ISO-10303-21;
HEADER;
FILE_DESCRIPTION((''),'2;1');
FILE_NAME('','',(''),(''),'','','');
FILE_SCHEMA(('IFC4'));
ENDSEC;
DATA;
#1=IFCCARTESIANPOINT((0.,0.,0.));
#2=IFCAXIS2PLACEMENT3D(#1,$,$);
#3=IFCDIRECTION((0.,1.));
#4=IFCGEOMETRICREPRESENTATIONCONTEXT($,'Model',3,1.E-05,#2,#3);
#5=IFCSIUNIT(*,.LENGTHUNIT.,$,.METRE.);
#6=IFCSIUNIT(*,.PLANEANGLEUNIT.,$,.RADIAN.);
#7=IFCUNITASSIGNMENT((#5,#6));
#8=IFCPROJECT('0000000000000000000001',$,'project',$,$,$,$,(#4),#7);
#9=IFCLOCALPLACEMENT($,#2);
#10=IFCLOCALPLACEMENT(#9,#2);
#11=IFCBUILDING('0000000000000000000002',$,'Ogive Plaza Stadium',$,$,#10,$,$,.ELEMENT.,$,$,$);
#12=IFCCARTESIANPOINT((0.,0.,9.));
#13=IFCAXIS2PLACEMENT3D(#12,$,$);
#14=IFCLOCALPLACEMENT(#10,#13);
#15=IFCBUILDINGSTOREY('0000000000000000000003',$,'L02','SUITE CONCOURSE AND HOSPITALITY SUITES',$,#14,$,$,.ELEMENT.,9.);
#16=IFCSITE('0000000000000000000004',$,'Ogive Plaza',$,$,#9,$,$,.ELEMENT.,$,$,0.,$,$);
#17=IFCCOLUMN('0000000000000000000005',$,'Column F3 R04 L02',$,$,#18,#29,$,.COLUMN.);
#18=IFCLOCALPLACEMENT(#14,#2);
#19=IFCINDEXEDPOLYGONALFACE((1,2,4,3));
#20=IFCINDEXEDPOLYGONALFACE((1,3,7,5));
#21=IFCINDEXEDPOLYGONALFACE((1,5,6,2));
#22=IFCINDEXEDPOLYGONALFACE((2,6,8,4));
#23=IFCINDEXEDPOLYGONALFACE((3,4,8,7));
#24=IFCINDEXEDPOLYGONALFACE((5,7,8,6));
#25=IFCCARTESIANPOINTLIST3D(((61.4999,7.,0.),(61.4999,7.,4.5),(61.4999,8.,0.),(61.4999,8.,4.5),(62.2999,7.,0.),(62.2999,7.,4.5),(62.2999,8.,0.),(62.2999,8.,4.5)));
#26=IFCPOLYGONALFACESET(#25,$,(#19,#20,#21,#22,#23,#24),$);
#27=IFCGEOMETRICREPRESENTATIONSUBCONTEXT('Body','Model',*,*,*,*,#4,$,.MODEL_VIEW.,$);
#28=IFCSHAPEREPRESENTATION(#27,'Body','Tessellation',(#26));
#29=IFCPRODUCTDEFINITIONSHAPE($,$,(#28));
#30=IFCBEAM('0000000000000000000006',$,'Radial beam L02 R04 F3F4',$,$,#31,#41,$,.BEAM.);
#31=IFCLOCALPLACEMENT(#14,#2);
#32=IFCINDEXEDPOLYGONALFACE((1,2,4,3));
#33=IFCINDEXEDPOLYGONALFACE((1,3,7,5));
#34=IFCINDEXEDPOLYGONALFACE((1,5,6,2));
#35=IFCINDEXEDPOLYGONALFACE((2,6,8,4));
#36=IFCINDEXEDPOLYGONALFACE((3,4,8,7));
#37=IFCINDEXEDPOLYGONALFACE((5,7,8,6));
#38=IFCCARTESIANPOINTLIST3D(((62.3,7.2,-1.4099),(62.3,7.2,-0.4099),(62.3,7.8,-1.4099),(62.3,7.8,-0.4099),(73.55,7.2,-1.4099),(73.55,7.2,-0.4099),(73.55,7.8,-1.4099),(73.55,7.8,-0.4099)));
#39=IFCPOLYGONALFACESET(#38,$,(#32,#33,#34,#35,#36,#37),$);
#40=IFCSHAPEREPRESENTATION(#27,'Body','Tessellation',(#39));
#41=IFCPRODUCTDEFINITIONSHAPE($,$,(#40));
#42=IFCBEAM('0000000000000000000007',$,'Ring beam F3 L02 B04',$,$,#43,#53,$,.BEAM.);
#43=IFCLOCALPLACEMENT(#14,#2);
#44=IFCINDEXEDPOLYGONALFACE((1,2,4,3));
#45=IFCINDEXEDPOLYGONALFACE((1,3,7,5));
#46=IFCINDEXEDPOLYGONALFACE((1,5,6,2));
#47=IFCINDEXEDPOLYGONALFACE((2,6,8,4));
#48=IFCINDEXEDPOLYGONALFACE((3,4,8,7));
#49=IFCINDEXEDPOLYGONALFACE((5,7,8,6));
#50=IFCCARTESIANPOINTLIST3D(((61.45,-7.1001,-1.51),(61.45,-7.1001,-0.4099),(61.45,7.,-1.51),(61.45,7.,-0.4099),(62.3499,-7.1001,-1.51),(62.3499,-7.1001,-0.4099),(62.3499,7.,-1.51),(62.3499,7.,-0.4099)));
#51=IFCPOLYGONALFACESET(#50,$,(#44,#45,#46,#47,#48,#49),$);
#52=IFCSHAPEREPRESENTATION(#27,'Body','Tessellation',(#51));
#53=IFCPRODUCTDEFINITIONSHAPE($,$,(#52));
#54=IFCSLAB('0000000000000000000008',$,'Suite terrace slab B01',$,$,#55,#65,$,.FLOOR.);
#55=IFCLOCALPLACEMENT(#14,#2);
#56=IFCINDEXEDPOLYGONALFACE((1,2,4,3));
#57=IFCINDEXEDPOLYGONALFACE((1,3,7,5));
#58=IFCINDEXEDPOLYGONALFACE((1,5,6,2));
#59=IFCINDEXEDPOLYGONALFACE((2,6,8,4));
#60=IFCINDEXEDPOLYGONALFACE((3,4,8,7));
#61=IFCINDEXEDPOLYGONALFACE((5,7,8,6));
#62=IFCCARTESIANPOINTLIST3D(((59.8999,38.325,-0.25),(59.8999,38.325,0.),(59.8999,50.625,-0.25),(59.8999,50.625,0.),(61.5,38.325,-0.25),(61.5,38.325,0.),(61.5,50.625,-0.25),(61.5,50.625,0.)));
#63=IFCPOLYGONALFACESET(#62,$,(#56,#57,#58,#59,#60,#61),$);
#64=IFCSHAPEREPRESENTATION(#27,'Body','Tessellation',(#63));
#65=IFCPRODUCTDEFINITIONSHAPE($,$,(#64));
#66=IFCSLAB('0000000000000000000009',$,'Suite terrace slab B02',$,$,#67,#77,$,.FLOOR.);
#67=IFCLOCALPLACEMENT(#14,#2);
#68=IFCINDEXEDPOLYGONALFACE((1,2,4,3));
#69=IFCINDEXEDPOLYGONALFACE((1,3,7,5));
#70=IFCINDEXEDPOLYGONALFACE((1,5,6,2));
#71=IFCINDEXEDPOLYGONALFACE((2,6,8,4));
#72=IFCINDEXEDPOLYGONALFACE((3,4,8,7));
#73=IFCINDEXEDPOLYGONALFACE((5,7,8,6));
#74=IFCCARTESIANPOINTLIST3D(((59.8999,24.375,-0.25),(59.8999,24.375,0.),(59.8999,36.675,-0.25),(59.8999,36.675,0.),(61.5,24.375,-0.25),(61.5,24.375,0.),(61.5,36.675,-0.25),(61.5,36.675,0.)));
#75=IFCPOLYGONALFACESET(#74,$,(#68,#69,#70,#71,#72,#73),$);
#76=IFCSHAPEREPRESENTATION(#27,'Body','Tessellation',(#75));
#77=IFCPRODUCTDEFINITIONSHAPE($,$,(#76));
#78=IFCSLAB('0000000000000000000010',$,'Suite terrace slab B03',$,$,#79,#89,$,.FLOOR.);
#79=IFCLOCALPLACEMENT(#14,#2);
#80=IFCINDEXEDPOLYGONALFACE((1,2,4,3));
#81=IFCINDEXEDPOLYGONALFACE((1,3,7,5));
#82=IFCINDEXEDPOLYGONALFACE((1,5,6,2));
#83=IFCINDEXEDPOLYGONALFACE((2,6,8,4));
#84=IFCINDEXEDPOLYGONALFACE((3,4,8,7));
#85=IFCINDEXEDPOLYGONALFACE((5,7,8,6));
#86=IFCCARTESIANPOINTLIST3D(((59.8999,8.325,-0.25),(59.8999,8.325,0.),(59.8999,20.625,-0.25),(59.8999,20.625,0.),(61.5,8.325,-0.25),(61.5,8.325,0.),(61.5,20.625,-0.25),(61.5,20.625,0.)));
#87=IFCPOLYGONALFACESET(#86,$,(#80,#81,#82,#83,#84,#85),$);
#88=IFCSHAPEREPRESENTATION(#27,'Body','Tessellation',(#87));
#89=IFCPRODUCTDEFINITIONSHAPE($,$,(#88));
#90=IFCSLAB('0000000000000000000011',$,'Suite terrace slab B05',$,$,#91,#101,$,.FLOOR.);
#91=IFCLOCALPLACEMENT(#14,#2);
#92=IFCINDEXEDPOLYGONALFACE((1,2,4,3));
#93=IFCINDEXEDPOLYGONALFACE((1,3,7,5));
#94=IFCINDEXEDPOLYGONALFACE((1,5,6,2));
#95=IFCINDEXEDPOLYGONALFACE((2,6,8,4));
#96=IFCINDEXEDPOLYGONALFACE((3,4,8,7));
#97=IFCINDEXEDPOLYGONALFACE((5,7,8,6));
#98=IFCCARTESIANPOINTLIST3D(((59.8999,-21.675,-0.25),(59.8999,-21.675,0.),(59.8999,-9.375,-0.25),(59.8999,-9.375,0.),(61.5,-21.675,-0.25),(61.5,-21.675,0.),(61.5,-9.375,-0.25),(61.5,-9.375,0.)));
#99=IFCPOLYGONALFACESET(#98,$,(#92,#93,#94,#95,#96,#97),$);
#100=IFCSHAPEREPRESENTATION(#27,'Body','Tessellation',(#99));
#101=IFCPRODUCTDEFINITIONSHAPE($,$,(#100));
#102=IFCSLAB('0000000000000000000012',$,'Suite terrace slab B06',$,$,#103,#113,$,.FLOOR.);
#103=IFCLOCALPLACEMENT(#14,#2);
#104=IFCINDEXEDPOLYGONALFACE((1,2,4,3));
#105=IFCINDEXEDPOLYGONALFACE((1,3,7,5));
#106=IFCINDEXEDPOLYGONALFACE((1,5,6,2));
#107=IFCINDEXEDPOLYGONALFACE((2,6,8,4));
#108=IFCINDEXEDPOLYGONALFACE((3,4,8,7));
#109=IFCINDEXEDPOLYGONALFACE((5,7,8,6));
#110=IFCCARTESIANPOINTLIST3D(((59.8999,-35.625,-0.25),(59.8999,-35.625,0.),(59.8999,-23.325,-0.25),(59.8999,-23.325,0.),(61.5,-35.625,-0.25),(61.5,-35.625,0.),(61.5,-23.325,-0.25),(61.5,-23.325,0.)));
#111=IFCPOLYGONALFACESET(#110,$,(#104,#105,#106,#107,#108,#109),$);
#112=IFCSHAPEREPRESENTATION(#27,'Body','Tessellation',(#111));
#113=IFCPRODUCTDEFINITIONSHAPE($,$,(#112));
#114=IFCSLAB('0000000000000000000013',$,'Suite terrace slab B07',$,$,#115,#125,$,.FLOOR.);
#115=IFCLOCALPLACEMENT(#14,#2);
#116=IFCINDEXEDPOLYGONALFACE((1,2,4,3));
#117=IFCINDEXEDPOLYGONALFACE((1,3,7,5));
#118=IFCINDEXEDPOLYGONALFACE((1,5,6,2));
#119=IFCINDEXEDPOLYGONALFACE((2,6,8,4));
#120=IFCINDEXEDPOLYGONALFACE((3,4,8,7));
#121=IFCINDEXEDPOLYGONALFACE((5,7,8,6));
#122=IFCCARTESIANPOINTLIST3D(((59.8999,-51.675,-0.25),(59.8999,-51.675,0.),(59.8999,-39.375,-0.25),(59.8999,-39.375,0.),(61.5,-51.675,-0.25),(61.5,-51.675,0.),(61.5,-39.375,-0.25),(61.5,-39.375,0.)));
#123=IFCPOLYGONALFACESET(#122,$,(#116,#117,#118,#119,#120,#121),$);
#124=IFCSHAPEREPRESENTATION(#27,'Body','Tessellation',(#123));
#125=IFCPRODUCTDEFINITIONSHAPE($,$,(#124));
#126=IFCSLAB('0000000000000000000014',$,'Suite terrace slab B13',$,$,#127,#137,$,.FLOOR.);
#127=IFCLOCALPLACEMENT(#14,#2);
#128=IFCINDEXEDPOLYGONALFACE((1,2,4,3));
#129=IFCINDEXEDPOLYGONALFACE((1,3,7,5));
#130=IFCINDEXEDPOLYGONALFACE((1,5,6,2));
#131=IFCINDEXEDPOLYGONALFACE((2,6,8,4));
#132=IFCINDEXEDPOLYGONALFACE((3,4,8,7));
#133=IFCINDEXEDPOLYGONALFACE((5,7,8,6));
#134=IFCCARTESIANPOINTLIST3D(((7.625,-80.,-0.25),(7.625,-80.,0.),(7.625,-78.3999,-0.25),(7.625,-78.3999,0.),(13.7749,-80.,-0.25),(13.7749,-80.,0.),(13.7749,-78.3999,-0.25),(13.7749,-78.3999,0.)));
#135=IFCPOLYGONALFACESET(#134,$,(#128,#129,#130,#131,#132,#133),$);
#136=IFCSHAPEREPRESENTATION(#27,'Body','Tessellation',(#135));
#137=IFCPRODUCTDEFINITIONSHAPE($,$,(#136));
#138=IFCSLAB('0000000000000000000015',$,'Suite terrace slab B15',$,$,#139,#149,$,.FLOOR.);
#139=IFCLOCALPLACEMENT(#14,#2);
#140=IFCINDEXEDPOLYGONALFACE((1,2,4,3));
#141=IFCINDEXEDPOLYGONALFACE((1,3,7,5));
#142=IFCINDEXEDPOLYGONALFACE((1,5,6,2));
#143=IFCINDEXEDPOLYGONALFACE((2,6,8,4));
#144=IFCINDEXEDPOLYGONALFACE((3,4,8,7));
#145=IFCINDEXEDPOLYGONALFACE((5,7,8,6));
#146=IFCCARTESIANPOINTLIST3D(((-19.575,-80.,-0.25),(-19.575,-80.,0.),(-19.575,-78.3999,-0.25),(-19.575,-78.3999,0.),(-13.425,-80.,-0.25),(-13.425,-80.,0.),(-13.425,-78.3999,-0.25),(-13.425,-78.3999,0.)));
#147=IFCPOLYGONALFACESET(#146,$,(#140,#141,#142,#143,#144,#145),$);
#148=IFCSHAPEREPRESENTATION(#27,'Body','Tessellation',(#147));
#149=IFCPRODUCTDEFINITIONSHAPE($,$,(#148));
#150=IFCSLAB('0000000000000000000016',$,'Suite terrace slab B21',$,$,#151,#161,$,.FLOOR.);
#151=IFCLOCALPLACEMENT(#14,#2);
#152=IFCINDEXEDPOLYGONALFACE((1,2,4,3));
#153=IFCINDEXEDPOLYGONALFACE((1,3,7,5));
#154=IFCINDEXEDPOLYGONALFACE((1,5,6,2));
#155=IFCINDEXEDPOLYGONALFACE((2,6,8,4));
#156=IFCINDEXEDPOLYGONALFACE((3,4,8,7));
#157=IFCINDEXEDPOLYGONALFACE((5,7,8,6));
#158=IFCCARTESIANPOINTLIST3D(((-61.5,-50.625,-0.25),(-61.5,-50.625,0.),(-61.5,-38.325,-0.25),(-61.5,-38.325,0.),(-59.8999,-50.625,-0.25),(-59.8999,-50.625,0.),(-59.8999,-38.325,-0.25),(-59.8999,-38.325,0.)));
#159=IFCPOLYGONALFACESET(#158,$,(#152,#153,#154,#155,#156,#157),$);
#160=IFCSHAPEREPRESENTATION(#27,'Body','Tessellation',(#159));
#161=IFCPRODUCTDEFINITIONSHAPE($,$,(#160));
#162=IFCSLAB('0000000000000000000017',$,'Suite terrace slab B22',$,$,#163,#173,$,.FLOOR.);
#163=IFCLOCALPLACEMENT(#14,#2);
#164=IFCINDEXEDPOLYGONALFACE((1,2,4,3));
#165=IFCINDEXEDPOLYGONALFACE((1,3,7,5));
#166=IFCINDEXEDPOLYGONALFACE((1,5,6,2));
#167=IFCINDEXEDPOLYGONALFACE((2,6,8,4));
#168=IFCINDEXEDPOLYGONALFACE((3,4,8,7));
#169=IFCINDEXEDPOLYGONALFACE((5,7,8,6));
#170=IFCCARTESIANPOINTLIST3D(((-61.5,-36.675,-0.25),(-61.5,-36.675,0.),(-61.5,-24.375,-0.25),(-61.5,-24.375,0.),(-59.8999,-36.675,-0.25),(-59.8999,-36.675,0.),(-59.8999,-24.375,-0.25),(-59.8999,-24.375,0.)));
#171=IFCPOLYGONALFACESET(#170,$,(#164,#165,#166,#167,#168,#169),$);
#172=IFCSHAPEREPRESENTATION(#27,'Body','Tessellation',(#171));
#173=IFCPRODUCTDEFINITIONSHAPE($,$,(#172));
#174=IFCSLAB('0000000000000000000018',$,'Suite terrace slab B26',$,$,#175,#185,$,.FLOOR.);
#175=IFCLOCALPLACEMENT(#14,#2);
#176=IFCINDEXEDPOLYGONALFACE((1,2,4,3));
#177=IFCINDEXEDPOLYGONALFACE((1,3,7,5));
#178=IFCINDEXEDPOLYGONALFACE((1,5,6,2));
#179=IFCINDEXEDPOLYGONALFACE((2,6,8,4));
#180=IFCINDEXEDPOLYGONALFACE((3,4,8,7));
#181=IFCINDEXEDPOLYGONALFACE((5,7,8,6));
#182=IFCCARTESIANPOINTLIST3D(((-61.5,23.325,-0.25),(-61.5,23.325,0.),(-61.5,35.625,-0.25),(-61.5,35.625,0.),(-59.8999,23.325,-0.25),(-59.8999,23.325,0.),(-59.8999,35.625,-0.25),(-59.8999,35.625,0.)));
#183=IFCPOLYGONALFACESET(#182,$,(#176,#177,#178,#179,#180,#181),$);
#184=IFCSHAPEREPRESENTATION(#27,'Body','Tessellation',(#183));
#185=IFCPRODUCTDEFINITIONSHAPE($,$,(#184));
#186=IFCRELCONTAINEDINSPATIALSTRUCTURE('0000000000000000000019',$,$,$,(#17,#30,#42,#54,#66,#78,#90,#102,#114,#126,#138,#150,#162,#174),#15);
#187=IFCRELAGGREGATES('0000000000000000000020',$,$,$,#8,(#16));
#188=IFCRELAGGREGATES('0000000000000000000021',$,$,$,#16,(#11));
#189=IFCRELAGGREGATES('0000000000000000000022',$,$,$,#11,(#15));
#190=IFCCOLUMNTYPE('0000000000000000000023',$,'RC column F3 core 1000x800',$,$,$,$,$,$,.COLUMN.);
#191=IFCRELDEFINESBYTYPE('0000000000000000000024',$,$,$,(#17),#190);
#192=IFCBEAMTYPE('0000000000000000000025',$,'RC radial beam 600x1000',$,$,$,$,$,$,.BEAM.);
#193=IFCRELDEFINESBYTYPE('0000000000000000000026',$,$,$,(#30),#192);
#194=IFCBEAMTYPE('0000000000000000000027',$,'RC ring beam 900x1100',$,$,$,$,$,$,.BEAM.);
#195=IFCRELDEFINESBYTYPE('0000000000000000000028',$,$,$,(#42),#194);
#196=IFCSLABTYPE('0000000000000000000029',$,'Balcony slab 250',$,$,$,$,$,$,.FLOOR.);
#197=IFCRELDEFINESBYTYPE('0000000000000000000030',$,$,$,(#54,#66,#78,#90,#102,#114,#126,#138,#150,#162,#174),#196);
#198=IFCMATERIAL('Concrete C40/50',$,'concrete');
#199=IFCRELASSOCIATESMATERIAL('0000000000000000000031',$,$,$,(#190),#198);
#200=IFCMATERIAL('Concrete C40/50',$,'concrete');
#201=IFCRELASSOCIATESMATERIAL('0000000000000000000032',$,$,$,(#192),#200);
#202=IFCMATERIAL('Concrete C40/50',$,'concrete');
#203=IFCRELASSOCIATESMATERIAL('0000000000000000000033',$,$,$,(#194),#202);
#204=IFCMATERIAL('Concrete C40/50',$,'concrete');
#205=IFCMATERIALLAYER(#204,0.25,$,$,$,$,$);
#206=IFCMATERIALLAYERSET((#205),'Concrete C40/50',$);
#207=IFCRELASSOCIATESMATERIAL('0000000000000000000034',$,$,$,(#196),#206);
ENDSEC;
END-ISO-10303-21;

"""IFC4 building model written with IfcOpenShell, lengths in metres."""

from ifc_helpers import new_model, si_unit, direction, frame, origin, origin_2d, place, context, subcontext, project, spatial, polyline, rectangle, outline, extrude, material, layer, layer_set, material_profile, profile_set, type_object, element, save


model = new_model("IFC4")

# Units and contexts
model_context = context("Model", 3, precision=1e-05, world=origin(), true_north=direction((0.0, 1.0)))
body_context = subcontext(model_context, "Body", "Model", "MODEL_VIEW")
ifc_project = project(units=[si_unit("LENGTHUNIT", "METRE"), si_unit("PLANEANGLEUNIT", "RADIAN")], contexts=[model_context])

# Site, building, storey
site_placement = place(None, origin())
site = spatial("IfcSite", under=ifc_project, at=site_placement, Name="Ogive Plaza", CompositionType="ELEMENT", RefElevation=0.0)
building_placement = place(site_placement, origin())
building = spatial("IfcBuilding", under=site, at=building_placement, Name="Ogive Plaza Stadium", CompositionType="ELEMENT")
storey_placement = place(building_placement, frame((0.0, 0.0, 9.0)))
storey = spatial("IfcBuildingStorey", under=building, at=storey_placement, Name="L02", Description="SUITE CONCOURSE AND HOSPITALITY SUITES", CompositionType="ELEMENT", Elevation=9.0)

# Column
ifc_material_1 = material(Name="Concrete C40/50", Category="concrete")
ifc_material_profile_1 = material_profile(ifc_material_1, rectangle(XDim=1.0, YDim=0.8, at=origin_2d()), Name="RC 1000x800")
ifc_profile_set_1 = profile_set([ifc_material_profile_1], Name="Concrete C40/50")
column_type = type_object("IfcColumnType", Name="RC column F3 core 1000x800", PredefinedType="COLUMN", material=ifc_profile_set_1)
column_placement = place(storey_placement, frame((61.8999, 7.5, 0.0), z_axis=(0.0, 0.0, 1.0), x_axis=(0.0, 1.0, 0.0)))
element("IfcColumn", 1, at=column_placement, inside=storey, type_object=column_type, Name="Column F3 R04 L02", PredefinedType="COLUMN", context=body_context, shape_type="SweptSolid", body=[
    extrude(rectangle(XDim=1.0, YDim=0.8, at=origin_2d()), origin(), (0.0, 0.0, 1.0), 4.5),
])

# Beams
ifc_material_2 = material(Name="Concrete C40/50", Category="concrete")
ifc_material_profile_2 = material_profile(ifc_material_2, rectangle(XDim=0.6001, YDim=1.0, at=origin_2d()), Name="RC 600x1000")
ifc_profile_set_2 = profile_set([ifc_material_profile_2], Name="Concrete C40/50")
beam_type_1 = type_object("IfcBeamType", Name="RC radial beam 600x1000", PredefinedType="BEAM", material=ifc_profile_set_2)
beam_1_placement = place(storey_placement, frame((62.3, 7.5, -0.9099), z_axis=(1.0, 0.0, 0.0), x_axis=(0.0, 1.0, 0.0)))
element("IfcBeam", 2, at=beam_1_placement, inside=storey, type_object=beam_type_1, Name="Radial beam L02 R04 F3F4", PredefinedType="BEAM", context=body_context, shape_type="SweptSolid", body=[
    extrude(rectangle(XDim=0.6001, YDim=1.0, at=origin_2d()), origin(), (0.0, 0.0, 1.0), 11.25),
])
ifc_material_3 = material(Name="Concrete C40/50", Category="concrete")
ifc_material_profile_3 = material_profile(ifc_material_3, rectangle(XDim=0.8999, YDim=1.1001, at=origin_2d()), Name="RC 900x1100")
ifc_profile_set_3 = profile_set([ifc_material_profile_3], Name="Concrete C40/50")
beam_type_2 = type_object("IfcBeamType", Name="RC ring beam 900x1100", PredefinedType="BEAM", material=ifc_profile_set_3)
beam_2_placement = place(storey_placement, frame((61.8999, 7.0, -0.96), z_axis=(0.0, -1.0, 0.0), x_axis=(1.0, 0.0, 0.0)))
element("IfcBeam", 3, at=beam_2_placement, inside=storey, type_object=beam_type_2, Name="Ring beam F3 L02 B04", PredefinedType="BEAM", context=body_context, shape_type="SweptSolid", body=[
    extrude(rectangle(XDim=0.8999, YDim=1.1001, at=origin_2d()), origin(), (0.0, 0.0, 1.0), 14.1001),
])

# Slabs
ifc_material_4 = material(Name="Concrete C40/50", Category="concrete")
ifc_layer_1 = layer(ifc_material_4, 0.25)
ifc_layer_set_1 = layer_set([ifc_layer_1], Name="Concrete C40/50")
slab_type_1 = type_object("IfcSlabType", Name="Balcony slab 250", PredefinedType="FLOOR", material=ifc_layer_set_1)
slab_1_placement = place(storey_placement, frame((0.0, 0.0, -0.25)))
element("IfcSlab", 4, at=slab_1_placement, inside=storey, type_object=slab_type_1, Name="Suite terrace slab B01", PredefinedType="FLOOR", context=body_context, shape_type="SweptSolid", body=[
    extrude(outline(polyline([(59.8999, 38.325), (61.5, 38.325), (61.5, 50.625), (59.8999, 50.625), (59.8999, 38.325)])), origin(), (0.0, 0.0, 1.0), 0.25),
])
slab_2_placement = place(storey_placement, frame((0.0, 0.0, -0.25)))
element("IfcSlab", 5, at=slab_2_placement, inside=storey, type_object=slab_type_1, Name="Suite terrace slab B02", PredefinedType="FLOOR", context=body_context, shape_type="SweptSolid", body=[
    extrude(outline(polyline([(59.8999, 24.375), (61.5, 24.375), (61.5, 36.675), (59.8999, 36.675), (59.8999, 24.375)])), origin(), (0.0, 0.0, 1.0), 0.25),
])
slab_3_placement = place(storey_placement, frame((0.0, 0.0, -0.25)))
element("IfcSlab", 6, at=slab_3_placement, inside=storey, type_object=slab_type_1, Name="Suite terrace slab B03", PredefinedType="FLOOR", context=body_context, shape_type="SweptSolid", body=[
    extrude(outline(polyline([(59.8999, 8.325), (61.5, 8.325), (61.5, 20.625), (59.8999, 20.625), (59.8999, 8.325)])), origin(), (0.0, 0.0, 1.0), 0.25),
])
slab_4_placement = place(storey_placement, frame((0.0, 0.0, -0.25)))
element("IfcSlab", 7, at=slab_4_placement, inside=storey, type_object=slab_type_1, Name="Suite terrace slab B05", PredefinedType="FLOOR", context=body_context, shape_type="SweptSolid", body=[
    extrude(outline(polyline([(59.8999, -21.675), (61.5, -21.675), (61.5, -9.375), (59.8999, -9.375), (59.8999, -21.675)])), origin(), (0.0, 0.0, 1.0), 0.25),
])
slab_5_placement = place(storey_placement, frame((0.0, 0.0, -0.25)))
element("IfcSlab", 8, at=slab_5_placement, inside=storey, type_object=slab_type_1, Name="Suite terrace slab B06", PredefinedType="FLOOR", context=body_context, shape_type="SweptSolid", body=[
    extrude(outline(polyline([(59.8999, -35.625), (61.5, -35.625), (61.5, -23.325), (59.8999, -23.325), (59.8999, -35.625)])), origin(), (0.0, 0.0, 1.0), 0.25),
])
slab_6_placement = place(storey_placement, frame((0.0, 0.0, -0.25)))
element("IfcSlab", 9, at=slab_6_placement, inside=storey, type_object=slab_type_1, Name="Suite terrace slab B07", PredefinedType="FLOOR", context=body_context, shape_type="SweptSolid", body=[
    extrude(outline(polyline([(59.8999, -51.675), (61.5, -51.675), (61.5, -39.375), (59.8999, -39.375), (59.8999, -51.675)])), origin(), (0.0, 0.0, 1.0), 0.25),
])
slab_7_placement = place(storey_placement, frame((0.0, 0.0, -0.25)))
element("IfcSlab", 10, at=slab_7_placement, inside=storey, type_object=slab_type_1, Name="Suite terrace slab B13", PredefinedType="FLOOR", context=body_context, shape_type="SweptSolid", body=[
    extrude(outline(polyline([(7.625, -78.3999), (7.625, -80.0), (13.7749, -80.0), (13.7749, -78.3999), (7.625, -78.3999)])), origin(), (0.0, 0.0, 1.0), 0.25),
])
slab_8_placement = place(storey_placement, frame((0.0, 0.0, -0.25)))
element("IfcSlab", 11, at=slab_8_placement, inside=storey, type_object=slab_type_1, Name="Suite terrace slab B15", PredefinedType="FLOOR", context=body_context, shape_type="SweptSolid", body=[
    extrude(outline(polyline([(-19.575, -78.3999), (-19.575, -80.0), (-13.425, -80.0), (-13.425, -78.3999), (-19.575, -78.3999)])), origin(), (0.0, 0.0, 1.0), 0.25),
])
slab_9_placement = place(storey_placement, frame((0.0, 0.0, -0.25)))
element("IfcSlab", 12, at=slab_9_placement, inside=storey, type_object=slab_type_1, Name="Suite terrace slab B21", PredefinedType="FLOOR", context=body_context, shape_type="SweptSolid", body=[
    extrude(outline(polyline([(-59.8999, -38.325), (-61.5, -38.325), (-61.5, -50.625), (-59.8999, -50.625), (-59.8999, -38.325)])), origin(), (0.0, 0.0, 1.0), 0.25),
])
slab_10_placement = place(storey_placement, frame((0.0, 0.0, -0.25)))
element("IfcSlab", 13, at=slab_10_placement, inside=storey, type_object=slab_type_1, Name="Suite terrace slab B22", PredefinedType="FLOOR", context=body_context, shape_type="SweptSolid", body=[
    extrude(outline(polyline([(-59.8999, -24.375), (-61.5, -24.375), (-61.5, -36.675), (-59.8999, -36.675), (-59.8999, -24.375)])), origin(), (0.0, 0.0, 1.0), 0.25),
])
slab_11_placement = place(storey_placement, frame((0.0, 0.0, -0.25)))
element("IfcSlab", 14, at=slab_11_placement, inside=storey, type_object=slab_type_1, Name="Suite terrace slab B26", PredefinedType="FLOOR", context=body_context, shape_type="SweptSolid", body=[
    extrude(outline(polyline([(-59.8999, 35.625), (-61.5, 35.625), (-61.5, 23.325), (-59.8999, 23.325), (-59.8999, 35.625)])), origin(), (0.0, 0.0, 1.0), 0.25),
])

save(model, "model.ifc")
